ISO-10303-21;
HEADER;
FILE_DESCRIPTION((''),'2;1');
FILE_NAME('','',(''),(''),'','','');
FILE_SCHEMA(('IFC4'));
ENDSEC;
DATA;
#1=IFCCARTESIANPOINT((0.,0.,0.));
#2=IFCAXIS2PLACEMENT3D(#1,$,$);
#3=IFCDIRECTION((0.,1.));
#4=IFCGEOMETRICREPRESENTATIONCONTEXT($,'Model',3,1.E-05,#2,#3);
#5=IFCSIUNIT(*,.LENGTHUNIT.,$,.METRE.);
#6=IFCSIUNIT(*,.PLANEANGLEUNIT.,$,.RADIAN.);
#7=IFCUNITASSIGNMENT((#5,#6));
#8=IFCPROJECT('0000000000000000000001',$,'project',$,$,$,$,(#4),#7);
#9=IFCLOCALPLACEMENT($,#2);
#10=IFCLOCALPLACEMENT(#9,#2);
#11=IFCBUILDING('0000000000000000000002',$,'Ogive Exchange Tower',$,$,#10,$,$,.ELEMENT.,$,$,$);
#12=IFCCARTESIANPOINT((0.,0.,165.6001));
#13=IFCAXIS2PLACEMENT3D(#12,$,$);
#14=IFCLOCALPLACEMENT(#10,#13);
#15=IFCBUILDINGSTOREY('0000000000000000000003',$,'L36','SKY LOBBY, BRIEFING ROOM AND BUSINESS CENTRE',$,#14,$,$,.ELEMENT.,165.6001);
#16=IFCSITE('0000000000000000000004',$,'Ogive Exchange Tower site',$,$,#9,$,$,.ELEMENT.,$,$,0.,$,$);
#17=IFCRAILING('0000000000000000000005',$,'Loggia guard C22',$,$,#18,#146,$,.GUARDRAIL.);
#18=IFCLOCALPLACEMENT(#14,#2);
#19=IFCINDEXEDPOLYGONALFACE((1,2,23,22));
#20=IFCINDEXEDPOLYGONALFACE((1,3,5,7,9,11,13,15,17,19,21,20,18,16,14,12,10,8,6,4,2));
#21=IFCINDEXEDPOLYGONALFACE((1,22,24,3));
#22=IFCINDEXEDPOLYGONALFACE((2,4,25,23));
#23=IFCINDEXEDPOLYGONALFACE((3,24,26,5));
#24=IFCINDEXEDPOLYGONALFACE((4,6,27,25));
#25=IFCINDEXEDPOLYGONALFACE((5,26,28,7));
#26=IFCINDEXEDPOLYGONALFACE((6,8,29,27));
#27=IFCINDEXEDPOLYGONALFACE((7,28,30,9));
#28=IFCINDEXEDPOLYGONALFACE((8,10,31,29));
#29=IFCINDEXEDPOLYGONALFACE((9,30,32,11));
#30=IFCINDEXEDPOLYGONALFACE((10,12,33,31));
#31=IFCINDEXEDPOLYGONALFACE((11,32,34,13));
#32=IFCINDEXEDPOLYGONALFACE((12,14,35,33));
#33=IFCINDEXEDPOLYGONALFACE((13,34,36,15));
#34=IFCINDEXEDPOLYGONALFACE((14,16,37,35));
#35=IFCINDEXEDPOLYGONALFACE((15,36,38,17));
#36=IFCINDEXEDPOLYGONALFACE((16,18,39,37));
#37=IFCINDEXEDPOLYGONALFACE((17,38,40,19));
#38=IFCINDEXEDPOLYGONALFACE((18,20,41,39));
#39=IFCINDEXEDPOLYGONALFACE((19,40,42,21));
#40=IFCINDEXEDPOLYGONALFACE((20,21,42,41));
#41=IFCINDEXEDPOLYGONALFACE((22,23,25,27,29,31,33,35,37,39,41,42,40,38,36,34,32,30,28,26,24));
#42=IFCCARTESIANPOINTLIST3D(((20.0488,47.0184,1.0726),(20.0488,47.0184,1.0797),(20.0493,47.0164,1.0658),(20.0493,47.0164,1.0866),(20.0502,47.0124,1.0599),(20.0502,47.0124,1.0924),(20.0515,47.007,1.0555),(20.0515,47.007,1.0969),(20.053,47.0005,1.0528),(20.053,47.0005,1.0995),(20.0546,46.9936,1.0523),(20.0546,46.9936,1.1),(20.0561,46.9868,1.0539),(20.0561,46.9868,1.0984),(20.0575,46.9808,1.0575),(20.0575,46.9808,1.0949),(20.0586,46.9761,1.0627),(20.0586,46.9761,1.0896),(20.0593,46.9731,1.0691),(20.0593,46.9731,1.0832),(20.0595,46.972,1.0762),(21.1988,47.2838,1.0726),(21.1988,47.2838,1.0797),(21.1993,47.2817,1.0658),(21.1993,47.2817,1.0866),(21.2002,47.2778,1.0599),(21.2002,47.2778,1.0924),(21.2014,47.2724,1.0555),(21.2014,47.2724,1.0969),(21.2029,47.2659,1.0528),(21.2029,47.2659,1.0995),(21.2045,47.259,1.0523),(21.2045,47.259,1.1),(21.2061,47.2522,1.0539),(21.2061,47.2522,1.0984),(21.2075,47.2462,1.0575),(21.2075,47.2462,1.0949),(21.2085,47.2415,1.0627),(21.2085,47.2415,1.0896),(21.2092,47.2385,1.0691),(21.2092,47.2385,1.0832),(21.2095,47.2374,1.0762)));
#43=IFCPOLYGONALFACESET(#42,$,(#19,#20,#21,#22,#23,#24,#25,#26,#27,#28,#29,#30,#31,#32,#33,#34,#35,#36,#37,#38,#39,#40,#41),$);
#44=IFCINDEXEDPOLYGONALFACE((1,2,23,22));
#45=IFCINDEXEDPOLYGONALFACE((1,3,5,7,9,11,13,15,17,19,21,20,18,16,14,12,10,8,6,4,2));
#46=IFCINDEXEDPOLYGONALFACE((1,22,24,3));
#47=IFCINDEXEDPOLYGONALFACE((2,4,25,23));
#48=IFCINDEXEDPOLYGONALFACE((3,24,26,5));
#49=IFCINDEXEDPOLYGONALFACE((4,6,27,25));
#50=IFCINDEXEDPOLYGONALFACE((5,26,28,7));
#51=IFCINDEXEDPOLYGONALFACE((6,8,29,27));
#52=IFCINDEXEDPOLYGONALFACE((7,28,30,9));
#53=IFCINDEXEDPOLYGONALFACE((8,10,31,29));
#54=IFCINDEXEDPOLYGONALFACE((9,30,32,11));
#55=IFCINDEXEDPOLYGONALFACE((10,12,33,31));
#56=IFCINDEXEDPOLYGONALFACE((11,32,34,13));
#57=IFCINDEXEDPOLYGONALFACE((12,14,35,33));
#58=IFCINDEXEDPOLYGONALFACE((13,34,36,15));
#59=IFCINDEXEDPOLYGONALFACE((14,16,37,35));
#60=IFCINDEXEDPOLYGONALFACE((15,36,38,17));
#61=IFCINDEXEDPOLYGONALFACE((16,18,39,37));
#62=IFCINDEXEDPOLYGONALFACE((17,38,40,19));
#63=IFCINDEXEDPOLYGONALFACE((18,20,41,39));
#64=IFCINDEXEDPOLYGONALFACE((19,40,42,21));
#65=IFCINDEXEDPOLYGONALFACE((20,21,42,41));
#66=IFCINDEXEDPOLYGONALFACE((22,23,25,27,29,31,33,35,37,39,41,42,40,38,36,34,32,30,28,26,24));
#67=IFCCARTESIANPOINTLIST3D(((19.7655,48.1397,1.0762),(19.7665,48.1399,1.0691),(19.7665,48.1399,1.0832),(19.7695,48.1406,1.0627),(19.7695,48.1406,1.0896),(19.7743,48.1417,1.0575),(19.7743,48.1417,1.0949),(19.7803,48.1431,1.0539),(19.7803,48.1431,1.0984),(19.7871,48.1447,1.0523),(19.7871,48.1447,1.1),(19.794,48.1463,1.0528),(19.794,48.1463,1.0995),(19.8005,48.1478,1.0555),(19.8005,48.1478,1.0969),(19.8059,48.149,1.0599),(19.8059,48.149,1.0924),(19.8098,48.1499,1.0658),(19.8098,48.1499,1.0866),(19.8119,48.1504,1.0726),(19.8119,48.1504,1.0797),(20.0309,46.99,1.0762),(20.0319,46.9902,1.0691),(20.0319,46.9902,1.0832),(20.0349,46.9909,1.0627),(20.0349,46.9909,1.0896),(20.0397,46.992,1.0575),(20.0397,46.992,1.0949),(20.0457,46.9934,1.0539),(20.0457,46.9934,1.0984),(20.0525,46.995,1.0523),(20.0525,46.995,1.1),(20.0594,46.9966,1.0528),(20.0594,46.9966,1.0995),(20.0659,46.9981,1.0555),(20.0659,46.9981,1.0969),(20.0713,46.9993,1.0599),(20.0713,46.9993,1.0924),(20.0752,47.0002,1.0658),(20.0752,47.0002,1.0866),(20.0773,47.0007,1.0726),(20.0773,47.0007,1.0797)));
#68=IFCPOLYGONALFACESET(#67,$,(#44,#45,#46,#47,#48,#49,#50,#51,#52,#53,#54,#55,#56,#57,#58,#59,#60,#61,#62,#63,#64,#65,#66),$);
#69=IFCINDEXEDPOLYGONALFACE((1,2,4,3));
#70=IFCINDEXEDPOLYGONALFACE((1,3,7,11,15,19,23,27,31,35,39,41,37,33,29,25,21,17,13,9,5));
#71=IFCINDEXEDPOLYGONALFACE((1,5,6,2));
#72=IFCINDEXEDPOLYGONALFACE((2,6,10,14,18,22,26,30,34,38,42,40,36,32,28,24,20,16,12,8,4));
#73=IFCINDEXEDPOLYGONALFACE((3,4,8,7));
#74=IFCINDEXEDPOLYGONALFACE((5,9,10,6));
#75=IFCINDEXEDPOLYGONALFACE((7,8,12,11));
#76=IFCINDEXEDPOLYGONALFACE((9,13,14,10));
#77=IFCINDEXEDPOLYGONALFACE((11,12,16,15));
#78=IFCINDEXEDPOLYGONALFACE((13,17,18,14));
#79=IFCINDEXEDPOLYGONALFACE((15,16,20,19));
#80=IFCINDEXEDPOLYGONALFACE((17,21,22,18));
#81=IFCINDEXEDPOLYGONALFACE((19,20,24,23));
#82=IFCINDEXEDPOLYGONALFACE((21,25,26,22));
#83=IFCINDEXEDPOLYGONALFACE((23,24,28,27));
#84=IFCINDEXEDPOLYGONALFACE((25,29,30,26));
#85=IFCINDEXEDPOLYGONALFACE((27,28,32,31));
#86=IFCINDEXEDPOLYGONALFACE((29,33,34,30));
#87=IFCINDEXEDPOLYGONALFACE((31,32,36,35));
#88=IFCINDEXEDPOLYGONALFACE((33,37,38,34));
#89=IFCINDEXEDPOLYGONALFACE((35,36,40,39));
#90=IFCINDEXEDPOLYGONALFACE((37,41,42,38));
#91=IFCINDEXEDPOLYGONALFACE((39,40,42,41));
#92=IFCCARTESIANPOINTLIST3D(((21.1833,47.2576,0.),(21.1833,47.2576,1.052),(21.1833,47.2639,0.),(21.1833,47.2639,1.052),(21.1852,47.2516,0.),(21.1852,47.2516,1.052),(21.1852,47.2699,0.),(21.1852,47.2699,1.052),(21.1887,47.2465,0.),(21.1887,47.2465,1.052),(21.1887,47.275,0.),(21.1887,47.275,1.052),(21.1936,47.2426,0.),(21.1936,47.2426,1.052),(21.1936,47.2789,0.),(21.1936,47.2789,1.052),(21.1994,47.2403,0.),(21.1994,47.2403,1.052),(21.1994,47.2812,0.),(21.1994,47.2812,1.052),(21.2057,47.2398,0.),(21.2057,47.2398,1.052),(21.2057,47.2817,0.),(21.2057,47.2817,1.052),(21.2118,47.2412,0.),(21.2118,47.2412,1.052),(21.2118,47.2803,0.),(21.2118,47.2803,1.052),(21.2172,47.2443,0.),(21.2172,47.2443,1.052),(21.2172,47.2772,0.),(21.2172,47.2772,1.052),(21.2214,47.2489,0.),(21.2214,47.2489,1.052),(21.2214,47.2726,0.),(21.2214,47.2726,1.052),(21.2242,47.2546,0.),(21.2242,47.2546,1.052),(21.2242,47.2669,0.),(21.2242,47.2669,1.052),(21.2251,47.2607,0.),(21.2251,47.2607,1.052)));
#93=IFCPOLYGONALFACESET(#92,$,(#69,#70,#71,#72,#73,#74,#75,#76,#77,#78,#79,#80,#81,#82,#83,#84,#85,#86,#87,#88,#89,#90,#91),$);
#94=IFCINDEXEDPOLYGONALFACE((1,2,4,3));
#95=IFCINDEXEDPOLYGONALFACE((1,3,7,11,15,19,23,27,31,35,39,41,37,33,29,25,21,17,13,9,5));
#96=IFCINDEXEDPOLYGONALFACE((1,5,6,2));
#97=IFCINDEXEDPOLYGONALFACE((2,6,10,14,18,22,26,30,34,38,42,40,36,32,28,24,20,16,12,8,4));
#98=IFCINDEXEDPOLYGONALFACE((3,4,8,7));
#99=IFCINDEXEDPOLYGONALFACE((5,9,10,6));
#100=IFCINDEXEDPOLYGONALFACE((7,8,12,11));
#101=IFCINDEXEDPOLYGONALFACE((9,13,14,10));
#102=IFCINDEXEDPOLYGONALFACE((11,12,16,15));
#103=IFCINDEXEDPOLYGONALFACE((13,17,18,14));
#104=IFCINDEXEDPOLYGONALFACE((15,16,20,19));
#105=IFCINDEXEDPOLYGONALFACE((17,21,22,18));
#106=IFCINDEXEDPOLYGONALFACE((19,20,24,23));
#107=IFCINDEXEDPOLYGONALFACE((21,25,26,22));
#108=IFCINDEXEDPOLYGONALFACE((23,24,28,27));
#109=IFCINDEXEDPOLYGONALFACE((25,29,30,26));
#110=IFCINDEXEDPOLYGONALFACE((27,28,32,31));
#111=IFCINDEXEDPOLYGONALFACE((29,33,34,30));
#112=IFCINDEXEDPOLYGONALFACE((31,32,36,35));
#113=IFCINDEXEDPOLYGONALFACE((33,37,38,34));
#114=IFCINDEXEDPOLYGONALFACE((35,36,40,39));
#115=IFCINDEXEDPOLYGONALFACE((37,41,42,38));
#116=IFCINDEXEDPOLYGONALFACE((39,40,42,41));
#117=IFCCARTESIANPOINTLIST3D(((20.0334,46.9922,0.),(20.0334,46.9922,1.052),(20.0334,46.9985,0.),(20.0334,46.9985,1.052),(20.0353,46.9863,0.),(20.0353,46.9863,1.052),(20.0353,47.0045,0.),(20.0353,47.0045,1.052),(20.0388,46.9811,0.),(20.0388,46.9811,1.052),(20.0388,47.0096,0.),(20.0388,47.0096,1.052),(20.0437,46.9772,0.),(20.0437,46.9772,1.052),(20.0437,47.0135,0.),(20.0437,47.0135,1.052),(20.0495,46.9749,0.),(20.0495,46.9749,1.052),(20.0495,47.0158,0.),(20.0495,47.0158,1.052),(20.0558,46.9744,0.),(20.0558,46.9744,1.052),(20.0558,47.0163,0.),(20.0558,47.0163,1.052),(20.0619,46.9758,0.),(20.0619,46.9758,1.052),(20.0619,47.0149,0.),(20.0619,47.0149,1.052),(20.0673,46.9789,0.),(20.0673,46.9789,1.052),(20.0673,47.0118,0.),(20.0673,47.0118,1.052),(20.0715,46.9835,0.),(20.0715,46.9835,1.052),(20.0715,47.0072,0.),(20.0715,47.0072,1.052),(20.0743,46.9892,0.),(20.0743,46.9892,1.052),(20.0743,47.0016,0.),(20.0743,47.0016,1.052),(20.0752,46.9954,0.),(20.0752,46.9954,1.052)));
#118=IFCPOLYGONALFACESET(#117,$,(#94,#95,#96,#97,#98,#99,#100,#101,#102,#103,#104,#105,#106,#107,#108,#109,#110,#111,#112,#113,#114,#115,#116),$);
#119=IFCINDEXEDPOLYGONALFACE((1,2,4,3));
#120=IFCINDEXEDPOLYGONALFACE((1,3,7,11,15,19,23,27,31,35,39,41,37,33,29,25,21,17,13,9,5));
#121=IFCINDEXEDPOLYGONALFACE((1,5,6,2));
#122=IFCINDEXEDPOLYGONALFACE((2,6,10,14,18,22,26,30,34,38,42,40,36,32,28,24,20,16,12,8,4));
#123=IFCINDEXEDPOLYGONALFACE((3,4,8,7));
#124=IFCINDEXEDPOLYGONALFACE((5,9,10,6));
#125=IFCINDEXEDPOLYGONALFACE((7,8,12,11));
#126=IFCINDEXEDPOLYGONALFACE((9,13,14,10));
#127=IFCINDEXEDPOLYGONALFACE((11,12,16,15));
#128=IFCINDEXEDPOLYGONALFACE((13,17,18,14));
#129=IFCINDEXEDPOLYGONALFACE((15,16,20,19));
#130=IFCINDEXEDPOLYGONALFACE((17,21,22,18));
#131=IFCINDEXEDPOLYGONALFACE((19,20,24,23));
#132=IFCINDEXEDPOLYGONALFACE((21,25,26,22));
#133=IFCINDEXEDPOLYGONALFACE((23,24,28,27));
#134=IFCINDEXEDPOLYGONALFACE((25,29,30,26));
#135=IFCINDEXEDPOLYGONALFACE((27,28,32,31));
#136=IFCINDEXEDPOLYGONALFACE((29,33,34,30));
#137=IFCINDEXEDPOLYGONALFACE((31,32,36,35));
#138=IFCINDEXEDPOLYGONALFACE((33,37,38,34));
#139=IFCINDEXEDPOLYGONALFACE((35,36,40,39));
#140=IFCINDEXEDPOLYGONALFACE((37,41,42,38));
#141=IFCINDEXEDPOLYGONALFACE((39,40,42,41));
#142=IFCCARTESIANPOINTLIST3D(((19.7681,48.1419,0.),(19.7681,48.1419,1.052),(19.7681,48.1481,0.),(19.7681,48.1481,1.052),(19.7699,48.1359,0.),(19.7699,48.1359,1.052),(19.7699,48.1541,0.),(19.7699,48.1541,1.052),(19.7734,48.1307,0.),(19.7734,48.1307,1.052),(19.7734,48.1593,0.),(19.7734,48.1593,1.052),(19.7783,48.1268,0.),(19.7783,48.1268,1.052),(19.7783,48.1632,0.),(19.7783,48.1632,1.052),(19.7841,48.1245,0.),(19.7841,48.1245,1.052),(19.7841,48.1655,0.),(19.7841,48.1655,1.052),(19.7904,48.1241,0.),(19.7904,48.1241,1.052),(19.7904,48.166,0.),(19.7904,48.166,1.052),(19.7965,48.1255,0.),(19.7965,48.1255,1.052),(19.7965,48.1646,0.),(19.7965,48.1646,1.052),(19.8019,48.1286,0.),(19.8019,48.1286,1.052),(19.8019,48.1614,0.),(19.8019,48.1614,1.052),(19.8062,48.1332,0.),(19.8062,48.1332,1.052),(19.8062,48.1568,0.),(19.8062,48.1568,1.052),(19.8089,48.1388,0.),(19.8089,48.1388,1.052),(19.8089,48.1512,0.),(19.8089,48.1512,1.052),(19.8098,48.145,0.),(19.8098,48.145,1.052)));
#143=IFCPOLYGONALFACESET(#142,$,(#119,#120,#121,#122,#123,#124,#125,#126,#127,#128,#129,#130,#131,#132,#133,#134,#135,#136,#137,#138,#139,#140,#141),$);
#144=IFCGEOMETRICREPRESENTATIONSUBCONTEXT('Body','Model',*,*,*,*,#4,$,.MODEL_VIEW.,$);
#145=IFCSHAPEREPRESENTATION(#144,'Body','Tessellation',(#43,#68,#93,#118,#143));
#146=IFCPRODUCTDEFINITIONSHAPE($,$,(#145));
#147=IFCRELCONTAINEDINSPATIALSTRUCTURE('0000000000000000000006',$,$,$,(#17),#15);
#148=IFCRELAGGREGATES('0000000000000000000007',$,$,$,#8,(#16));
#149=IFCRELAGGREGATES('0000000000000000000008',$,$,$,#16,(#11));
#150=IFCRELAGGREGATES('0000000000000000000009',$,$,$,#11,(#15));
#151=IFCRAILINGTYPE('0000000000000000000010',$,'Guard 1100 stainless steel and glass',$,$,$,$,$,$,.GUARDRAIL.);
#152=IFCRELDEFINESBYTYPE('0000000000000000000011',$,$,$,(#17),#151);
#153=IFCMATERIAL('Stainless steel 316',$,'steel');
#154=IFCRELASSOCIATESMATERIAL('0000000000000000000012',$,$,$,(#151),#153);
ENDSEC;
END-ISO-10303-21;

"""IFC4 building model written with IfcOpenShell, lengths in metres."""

from ifc_helpers import new_model, si_unit, direction, frame, origin, origin_2d, place, context, subcontext, project, spatial, circle, extrude, material, type_object, element, save


model = new_model("IFC4")

# Units and contexts
model_context = context("Model", 3, precision=1e-05, world=origin(), true_north=direction((0.0, 1.0)))
body_context = subcontext(model_context, "Body", "Model", "MODEL_VIEW")
ifc_project = project(units=[si_unit("LENGTHUNIT", "METRE"), si_unit("PLANEANGLEUNIT", "RADIAN")], contexts=[model_context])

# Site, building, storey
site_placement = place(None, origin())
site = spatial("IfcSite", under=ifc_project, at=site_placement, Name="Ogive Exchange Tower site", CompositionType="ELEMENT", RefElevation=0.0)
building_placement = place(site_placement, origin())
building = spatial("IfcBuilding", under=site, at=building_placement, Name="Ogive Exchange Tower", CompositionType="ELEMENT")
storey_placement = place(building_placement, frame((0.0, 0.0, 165.6001)))
storey = spatial("IfcBuildingStorey", under=building, at=storey_placement, Name="L36", Description="SKY LOBBY, BRIEFING ROOM AND BUSINESS CENTRE", CompositionType="ELEMENT", Elevation=165.6001)

# Railing
ifc_material_1 = material(Name="Stainless steel 316", Category="steel")
railing_type = type_object("IfcRailingType", Name="Guard 1100 stainless steel and glass", PredefinedType="GUARDRAIL", material=ifc_material_1)
railing_placement = place(storey_placement, frame((21.2041, 47.2607, 0.0)))
element("IfcRailing", 1, at=railing_placement, inside=storey, type_object=railing_type, Name="Loggia guard C22", PredefinedType="GUARDRAIL", context=body_context, shape_type="SweptSolid", body=[
    extrude(circle(Radius=0.0239, at=origin_2d()), frame((0.0, 0.0, 1.0762), z_axis=(-0.974388, -0.224875, 0.0), x_axis=(0.224875, -0.974388, 0.0)), (0.0, 0.0, 1.0), 1.1802),
    extrude(circle(Radius=0.0239, at=origin_2d()), frame((-1.1499, -0.2654, 1.0762), z_axis=(-0.22492, 0.974377, 0.0), x_axis=(-0.974377, -0.22492, 0.0)), (0.0, 0.0, 1.0), 1.1799),
    extrude(circle(Radius=0.021, at=origin_2d()), origin(), (0.0, 0.0, 1.0), 1.052),
    extrude(circle(Radius=0.021, at=origin_2d()), frame((-1.1499, -0.2654, 0.0)), (0.0, 0.0, 1.0), 1.052),
    extrude(circle(Radius=0.021, at=origin_2d()), frame((-1.4153, 0.8843, 0.0)), (0.0, 0.0, 1.0), 1.052),
])

save(model, "model.ifc")
